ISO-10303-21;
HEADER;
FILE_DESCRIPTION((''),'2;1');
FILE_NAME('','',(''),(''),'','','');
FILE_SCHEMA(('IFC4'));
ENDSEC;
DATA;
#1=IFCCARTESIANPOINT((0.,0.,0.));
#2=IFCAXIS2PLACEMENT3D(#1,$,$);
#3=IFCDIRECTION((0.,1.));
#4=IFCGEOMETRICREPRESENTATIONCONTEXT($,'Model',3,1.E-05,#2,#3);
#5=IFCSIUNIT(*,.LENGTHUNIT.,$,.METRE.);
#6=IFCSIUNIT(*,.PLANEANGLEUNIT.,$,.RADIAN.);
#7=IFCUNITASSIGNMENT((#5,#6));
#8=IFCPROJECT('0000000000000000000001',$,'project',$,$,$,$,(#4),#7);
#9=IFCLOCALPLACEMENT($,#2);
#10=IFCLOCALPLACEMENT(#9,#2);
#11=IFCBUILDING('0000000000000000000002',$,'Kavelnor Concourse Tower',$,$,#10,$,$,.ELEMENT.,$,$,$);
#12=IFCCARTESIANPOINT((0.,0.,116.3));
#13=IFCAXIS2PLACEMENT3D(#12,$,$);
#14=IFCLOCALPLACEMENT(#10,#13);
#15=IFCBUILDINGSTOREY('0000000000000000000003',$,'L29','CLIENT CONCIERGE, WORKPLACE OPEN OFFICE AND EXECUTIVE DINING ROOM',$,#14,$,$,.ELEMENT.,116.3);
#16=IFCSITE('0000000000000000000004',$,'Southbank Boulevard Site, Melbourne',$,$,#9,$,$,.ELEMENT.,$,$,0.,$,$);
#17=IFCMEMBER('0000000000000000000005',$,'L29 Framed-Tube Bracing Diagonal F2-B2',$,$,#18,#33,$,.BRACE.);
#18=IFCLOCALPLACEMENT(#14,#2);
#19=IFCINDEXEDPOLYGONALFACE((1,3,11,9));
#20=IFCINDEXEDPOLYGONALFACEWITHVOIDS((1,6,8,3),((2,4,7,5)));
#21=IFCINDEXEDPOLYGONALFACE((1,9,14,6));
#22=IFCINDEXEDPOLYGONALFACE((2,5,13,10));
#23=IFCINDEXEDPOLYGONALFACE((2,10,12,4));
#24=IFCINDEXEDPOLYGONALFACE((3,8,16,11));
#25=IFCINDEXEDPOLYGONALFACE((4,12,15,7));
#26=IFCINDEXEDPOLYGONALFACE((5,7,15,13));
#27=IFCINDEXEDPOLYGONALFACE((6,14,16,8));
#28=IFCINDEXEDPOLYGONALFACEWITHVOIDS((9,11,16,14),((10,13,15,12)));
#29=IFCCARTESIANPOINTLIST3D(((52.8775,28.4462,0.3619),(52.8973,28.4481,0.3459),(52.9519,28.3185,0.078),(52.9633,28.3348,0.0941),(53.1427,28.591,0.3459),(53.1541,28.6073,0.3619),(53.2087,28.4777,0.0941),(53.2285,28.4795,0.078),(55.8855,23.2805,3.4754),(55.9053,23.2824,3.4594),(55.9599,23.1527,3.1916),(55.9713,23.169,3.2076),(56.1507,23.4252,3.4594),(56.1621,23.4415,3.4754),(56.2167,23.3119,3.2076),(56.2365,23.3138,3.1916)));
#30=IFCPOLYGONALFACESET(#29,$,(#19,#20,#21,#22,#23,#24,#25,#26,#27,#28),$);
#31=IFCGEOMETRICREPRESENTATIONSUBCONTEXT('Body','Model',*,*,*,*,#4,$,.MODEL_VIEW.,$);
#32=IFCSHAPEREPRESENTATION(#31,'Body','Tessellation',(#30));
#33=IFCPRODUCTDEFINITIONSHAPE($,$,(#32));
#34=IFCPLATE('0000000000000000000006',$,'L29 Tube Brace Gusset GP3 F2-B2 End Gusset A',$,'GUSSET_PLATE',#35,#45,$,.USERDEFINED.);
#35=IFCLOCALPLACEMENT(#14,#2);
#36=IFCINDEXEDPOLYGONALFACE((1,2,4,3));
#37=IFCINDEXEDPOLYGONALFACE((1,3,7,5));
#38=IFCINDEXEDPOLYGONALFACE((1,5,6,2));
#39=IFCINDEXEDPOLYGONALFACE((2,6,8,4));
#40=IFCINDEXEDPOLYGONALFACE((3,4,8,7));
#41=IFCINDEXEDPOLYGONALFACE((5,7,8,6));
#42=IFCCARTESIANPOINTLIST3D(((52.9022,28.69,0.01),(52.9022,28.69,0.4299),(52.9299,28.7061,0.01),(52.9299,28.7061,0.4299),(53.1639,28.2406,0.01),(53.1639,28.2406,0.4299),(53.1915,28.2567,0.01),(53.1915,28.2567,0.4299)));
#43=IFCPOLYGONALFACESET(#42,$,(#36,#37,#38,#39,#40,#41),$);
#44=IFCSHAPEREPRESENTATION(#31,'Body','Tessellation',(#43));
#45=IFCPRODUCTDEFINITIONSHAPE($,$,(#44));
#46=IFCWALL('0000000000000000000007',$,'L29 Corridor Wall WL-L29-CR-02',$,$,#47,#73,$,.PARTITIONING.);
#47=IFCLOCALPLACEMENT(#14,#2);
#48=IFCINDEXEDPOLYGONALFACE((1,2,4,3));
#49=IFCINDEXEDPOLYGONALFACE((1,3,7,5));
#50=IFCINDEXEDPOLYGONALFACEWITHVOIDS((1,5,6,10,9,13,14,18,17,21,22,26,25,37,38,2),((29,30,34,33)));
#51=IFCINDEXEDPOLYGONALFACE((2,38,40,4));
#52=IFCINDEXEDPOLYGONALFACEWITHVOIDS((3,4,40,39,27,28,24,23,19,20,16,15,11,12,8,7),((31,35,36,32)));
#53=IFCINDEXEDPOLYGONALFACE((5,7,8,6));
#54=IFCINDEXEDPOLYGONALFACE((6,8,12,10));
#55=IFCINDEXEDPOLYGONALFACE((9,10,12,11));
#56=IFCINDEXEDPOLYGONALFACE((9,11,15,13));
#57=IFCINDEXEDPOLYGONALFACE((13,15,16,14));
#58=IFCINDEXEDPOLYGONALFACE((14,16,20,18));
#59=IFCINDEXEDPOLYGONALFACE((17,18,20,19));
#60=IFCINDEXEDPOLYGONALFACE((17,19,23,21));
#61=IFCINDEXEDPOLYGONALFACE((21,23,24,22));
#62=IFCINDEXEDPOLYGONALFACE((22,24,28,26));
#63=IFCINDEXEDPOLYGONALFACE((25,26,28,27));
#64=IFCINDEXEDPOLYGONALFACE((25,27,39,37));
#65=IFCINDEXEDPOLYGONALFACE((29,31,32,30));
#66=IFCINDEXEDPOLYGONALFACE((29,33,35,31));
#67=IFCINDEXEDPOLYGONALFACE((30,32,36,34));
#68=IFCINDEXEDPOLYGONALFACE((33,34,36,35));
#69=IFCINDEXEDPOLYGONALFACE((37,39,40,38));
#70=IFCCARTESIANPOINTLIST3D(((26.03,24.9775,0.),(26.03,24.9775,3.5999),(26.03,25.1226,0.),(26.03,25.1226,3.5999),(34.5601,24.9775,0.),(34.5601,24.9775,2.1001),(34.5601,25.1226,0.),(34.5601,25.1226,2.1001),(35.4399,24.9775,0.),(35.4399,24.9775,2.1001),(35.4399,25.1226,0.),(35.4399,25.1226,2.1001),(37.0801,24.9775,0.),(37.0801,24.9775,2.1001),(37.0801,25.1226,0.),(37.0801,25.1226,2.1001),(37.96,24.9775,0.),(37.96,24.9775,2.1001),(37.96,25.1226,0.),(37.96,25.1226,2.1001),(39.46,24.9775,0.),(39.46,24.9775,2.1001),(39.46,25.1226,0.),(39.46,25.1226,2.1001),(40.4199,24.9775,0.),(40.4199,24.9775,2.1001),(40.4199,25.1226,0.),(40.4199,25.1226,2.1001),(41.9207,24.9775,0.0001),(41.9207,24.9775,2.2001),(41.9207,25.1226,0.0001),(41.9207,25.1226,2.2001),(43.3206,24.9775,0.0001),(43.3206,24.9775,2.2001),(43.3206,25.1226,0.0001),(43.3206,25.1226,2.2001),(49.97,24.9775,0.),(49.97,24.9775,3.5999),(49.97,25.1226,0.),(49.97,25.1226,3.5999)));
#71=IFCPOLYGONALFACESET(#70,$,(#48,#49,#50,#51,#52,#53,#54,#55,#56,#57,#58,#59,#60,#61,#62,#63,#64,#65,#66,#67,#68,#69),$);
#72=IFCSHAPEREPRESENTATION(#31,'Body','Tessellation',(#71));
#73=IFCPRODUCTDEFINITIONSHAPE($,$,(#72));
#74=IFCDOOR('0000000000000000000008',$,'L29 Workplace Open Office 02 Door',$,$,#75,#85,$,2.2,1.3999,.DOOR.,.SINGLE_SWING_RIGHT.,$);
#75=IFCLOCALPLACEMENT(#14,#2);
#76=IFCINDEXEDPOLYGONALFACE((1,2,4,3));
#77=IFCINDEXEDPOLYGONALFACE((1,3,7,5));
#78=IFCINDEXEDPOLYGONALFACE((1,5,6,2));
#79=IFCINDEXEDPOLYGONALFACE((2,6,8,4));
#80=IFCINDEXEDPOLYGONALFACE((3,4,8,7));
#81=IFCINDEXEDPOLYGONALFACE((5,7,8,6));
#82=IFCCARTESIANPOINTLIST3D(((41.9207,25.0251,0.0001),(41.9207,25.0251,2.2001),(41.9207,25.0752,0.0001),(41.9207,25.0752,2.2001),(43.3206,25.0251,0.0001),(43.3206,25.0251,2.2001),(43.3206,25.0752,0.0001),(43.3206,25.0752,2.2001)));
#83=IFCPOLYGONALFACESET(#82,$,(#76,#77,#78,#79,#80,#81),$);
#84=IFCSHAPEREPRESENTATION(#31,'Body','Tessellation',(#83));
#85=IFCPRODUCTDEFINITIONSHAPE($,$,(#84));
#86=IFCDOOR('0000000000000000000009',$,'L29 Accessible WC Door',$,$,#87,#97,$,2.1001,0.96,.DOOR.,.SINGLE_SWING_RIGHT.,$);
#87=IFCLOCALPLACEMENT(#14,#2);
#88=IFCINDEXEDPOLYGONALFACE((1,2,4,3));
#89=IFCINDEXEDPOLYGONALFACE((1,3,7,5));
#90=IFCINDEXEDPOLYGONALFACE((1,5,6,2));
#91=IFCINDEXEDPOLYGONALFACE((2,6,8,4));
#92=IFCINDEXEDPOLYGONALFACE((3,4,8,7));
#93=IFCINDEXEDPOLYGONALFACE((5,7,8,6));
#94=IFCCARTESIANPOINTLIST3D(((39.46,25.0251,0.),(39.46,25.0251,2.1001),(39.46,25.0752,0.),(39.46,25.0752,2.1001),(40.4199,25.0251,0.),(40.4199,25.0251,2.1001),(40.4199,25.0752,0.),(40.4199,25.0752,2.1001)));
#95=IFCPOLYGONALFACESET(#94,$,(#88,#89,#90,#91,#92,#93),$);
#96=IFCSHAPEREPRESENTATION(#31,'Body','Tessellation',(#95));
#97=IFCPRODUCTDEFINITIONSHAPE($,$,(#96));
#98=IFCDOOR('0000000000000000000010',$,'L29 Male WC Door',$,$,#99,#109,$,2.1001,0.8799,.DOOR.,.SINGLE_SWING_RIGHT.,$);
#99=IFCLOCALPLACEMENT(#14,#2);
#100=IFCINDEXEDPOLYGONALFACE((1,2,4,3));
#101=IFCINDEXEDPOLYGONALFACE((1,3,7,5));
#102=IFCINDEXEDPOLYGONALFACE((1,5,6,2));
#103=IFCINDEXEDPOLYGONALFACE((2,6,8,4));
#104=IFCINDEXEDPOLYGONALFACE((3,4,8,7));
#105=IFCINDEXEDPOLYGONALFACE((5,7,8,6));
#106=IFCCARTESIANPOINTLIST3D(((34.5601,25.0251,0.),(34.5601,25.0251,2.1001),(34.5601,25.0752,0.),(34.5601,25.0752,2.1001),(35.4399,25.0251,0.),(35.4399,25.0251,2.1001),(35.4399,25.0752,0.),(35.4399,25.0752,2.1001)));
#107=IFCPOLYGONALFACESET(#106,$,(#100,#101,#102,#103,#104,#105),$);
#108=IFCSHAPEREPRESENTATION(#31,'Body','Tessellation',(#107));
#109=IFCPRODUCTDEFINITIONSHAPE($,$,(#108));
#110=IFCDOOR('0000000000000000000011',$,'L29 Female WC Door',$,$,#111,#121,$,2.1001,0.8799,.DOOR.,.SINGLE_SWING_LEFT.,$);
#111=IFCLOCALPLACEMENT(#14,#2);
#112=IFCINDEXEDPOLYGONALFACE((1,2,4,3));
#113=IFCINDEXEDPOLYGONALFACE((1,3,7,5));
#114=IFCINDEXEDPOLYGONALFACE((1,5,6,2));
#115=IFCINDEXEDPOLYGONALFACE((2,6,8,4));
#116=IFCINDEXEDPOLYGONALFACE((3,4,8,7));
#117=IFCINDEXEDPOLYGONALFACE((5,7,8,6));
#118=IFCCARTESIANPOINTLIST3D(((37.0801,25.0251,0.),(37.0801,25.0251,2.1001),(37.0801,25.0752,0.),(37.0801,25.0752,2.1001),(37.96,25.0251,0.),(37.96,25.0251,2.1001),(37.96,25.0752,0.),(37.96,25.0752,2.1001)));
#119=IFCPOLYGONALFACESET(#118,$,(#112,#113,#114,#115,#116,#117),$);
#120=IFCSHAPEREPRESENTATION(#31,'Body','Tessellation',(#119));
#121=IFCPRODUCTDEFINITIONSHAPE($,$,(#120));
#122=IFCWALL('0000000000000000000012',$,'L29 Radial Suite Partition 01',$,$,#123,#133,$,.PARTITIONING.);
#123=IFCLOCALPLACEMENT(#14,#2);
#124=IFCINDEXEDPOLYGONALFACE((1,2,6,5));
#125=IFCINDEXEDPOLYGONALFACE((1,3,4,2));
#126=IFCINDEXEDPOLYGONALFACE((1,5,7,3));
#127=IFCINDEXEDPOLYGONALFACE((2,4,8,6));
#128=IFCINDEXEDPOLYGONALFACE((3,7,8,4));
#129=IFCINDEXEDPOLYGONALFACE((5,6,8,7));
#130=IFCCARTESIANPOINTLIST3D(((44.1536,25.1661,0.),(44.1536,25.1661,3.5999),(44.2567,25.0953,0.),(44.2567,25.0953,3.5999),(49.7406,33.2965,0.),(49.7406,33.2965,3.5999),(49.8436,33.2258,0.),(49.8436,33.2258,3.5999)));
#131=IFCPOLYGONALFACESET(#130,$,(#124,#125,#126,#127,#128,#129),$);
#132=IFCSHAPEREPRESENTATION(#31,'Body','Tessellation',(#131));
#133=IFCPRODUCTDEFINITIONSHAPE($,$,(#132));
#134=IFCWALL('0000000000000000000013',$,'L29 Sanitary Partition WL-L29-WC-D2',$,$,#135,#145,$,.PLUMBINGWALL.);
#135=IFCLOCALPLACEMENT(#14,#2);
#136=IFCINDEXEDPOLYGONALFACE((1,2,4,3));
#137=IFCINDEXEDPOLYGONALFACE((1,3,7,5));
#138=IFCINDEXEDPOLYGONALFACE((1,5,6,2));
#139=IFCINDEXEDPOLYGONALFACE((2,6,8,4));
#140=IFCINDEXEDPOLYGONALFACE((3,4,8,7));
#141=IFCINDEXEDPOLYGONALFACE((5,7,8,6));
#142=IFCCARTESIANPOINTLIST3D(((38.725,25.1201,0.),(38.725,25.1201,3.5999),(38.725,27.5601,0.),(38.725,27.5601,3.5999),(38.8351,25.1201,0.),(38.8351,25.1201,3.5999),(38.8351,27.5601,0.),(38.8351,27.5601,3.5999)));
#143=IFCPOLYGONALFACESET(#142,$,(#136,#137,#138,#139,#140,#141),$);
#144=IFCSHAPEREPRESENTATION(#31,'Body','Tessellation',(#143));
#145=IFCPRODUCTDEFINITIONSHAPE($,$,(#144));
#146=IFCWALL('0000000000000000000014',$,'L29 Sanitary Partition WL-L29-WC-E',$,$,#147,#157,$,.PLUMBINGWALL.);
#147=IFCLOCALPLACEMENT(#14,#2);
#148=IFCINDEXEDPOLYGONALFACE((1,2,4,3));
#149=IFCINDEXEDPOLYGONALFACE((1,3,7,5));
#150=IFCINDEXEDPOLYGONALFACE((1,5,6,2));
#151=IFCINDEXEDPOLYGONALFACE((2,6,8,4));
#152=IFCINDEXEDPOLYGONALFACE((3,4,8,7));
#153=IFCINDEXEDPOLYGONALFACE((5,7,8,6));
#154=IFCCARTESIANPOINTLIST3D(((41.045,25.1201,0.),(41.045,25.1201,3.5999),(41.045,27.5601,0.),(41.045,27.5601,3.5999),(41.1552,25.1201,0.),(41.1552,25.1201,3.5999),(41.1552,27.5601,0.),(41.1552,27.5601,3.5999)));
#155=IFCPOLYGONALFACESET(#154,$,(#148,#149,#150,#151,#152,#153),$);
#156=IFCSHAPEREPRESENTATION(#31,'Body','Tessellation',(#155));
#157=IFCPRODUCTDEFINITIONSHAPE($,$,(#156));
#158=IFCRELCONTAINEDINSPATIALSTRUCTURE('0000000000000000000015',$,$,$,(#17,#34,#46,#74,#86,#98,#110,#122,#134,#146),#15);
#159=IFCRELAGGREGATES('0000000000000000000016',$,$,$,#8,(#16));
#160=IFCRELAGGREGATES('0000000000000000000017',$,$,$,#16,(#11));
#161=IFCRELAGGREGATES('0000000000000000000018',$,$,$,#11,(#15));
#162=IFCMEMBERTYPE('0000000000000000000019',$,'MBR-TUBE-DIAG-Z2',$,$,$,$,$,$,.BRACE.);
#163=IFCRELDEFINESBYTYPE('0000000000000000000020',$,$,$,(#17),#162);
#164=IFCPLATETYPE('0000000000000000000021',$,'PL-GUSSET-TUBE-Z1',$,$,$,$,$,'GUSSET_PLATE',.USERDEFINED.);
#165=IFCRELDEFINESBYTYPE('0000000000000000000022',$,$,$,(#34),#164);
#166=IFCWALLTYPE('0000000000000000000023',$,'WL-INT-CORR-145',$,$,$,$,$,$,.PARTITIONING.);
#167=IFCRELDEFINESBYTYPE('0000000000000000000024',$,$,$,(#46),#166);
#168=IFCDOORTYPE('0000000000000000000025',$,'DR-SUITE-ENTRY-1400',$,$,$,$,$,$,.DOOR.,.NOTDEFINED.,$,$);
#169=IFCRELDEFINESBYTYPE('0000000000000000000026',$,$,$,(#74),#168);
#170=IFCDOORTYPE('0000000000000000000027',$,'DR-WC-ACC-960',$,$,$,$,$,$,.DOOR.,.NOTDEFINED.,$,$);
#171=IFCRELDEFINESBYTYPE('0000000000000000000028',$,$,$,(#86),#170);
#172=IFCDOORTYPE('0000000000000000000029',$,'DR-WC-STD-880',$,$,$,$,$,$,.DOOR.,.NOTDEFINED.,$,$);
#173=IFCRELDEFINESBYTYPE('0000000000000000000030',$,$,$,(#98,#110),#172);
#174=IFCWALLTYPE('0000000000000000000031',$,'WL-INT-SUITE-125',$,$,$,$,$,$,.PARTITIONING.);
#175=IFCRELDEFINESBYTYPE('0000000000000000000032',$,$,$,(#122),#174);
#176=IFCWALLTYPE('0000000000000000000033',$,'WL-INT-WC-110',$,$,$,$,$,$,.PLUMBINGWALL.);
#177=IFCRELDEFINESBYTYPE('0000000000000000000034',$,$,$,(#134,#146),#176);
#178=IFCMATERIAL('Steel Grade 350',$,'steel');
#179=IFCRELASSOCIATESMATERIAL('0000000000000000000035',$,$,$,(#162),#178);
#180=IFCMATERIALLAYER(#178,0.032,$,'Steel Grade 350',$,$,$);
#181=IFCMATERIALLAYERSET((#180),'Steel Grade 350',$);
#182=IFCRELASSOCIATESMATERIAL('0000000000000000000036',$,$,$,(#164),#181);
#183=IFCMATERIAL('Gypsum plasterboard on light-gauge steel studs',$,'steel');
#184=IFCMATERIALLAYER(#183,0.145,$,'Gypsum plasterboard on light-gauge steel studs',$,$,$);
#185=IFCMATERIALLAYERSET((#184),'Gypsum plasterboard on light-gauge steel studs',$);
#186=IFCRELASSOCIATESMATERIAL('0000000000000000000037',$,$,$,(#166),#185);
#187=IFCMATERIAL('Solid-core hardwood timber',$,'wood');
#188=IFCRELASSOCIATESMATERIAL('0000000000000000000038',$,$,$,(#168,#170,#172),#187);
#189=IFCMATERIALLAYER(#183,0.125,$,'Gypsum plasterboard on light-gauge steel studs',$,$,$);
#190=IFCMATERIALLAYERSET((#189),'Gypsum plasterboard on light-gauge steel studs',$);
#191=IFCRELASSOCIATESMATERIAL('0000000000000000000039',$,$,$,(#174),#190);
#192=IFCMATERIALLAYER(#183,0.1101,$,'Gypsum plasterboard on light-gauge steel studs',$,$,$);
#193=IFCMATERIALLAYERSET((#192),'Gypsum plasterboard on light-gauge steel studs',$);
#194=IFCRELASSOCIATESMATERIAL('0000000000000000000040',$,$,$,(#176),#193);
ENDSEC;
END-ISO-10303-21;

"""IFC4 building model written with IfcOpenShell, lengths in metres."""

from ifc_helpers import new_model, si_unit, direction, frame, frame_2d, origin, origin_2d, place, context, subcontext, project, spatial, rectangle, hollow_rectangle, extrude, material, layer, layer_set, material_profile, profile_set, type_object, element, fill, save


model = new_model("IFC4")

# Units and contexts
model_context = context("Model", 3, precision=1e-05, world=origin(), true_north=direction((0.0, 1.0)))
body_context = subcontext(model_context, "Body", "Model", "MODEL_VIEW")
ifc_project = project(units=[si_unit("LENGTHUNIT", "METRE"), si_unit("PLANEANGLEUNIT", "RADIAN")], contexts=[model_context])

# Site, building, storey
site_placement = place(None, origin())
site = spatial("IfcSite", under=ifc_project, at=site_placement, Name="Southbank Boulevard Site, Melbourne", CompositionType="ELEMENT", RefElevation=0.0)
building_placement = place(site_placement, origin())
building = spatial("IfcBuilding", under=site, at=building_placement, Name="Kavelnor Concourse Tower", CompositionType="ELEMENT")
storey_placement = place(building_placement, frame((0.0, 0.0, 116.3)))
storey = spatial("IfcBuildingStorey", under=building, at=storey_placement, Name="L29", Description="CLIENT CONCIERGE, WORKPLACE OPEN OFFICE AND EXECUTIVE DINING ROOM", CompositionType="ELEMENT", Elevation=116.3)

# Shared definitions
ifc_material_1 = material(Name="Steel Grade 350", Category="steel")

# Member
ifc_material_profile_1 = material_profile(ifc_material_1, hollow_rectangle(XDim=0.3201, YDim=0.3201, WallThickness=0.0181, at=origin_2d()), Name="SHS 320x320x18")
ifc_profile_set_1 = profile_set([ifc_material_profile_1], Name="Steel Grade 350")
member_type = type_object("IfcMemberType", Name="MBR-TUBE-DIAG-Z2", PredefinedType="BRACE", material=ifc_profile_set_1)
member_placement = place(storey_placement, frame((53.053, 28.4629, 0.22), z_axis=(0.446299, -0.766435, 0.461947), x_axis=(0.864165, 0.503208, 0.0)))
element("IfcMember", 1, at=member_placement, inside=storey, type_object=member_type, Name="L29 Framed-Tube Bracing Diagonal F2-B2", PredefinedType="BRACE", context=body_context, shape_type="SweptSolid", body=[
    extrude(hollow_rectangle(XDim=0.3201, YDim=0.3201, WallThickness=0.0181, at=origin_2d()), origin(), (0.0, 0.0, 1.0), 6.74),
])

# Plate
ifc_layer_1 = layer(ifc_material_1, 0.032, Name="Steel Grade 350")
ifc_layer_set_1 = layer_set([ifc_layer_1], Name="Steel Grade 350")
plate_type = type_object("IfcPlateType", Name="PL-GUSSET-TUBE-Z1", ElementType="GUSSET_PLATE", PredefinedType="USERDEFINED", material=ifc_layer_set_1)
plate_placement = place(storey_placement, frame((53.0469, 28.4734, 0.01), z_axis=(0.0, 0.0, 1.0), x_axis=(0.503171, -0.864187, 0.0)))
element("IfcPlate", 2, at=plate_placement, inside=storey, type_object=plate_type, Name="L29 Tube Brace Gusset GP3 F2-B2 End Gusset A", ObjectType="GUSSET_PLATE", PredefinedType="USERDEFINED", context=body_context, shape_type="SweptSolid", body=[
    extrude(rectangle(XDim=0.52, YDim=0.032, at=origin_2d()), origin(), (0.0, 0.0, 1.0), 0.4199),
])

# Wall, openings, doors
ifc_material_2 = material(Name="Gypsum plasterboard on light-gauge steel studs", Category="steel")
ifc_layer_2 = layer(ifc_material_2, 0.145, Name="Gypsum plasterboard on light-gauge steel studs")
ifc_layer_set_2 = layer_set([ifc_layer_2], Name="Gypsum plasterboard on light-gauge steel studs")
wall_type_1 = type_object("IfcWallType", Name="WL-INT-CORR-145", PredefinedType="PARTITIONING", material=ifc_layer_set_2)
wall_1_placement = place(storey_placement, frame((49.97, 25.05, 0.0), z_axis=(0.0, 0.0, 1.0), x_axis=(-1.0, 0.0, 0.0)))
wall_1 = element("IfcWall", 3, at=wall_1_placement, inside=storey, type_object=wall_type_1, Name="L29 Corridor Wall WL-L29-CR-02", PredefinedType="PARTITIONING", context=body_context, shape_type="SweptSolid", body=[
    extrude(rectangle(XDim=23.9399, YDim=0.145, at=frame_2d((11.97, 0.0))), origin(), (0.0, 0.0, 1.0), 3.5999),
])
opening_1_placement = place(wall_1_placement, frame((14.53, 0.0, 0.0)))
opening_1 = element("IfcOpeningElement", 4, at=opening_1_placement, cuts=wall_1, PredefinedType="OPENING", context=body_context, shape_type="SweptSolid", body=[
    extrude(rectangle(XDim=0.8799, YDim=2.1001, at=frame_2d((0.4399, 1.05))), frame((0.0, 0.0825, 0.0), z_axis=(0.0, -1.0, 0.0), x_axis=(1.0, 0.0, 0.0)), (0.0, 0.0, 1.0), 0.165),
])
opening_2_placement = place(wall_1_placement, frame((12.01, 0.0, 0.0)))
opening_2 = element("IfcOpeningElement", 5, at=opening_2_placement, cuts=wall_1, PredefinedType="OPENING", context=body_context, shape_type="SweptSolid", body=[
    extrude(rectangle(XDim=0.8799, YDim=2.1001, at=frame_2d((0.4399, 1.05))), frame((0.0, 0.0825, 0.0), z_axis=(0.0, -1.0, 0.0), x_axis=(1.0, 0.0, 0.0)), (0.0, 0.0, 1.0), 0.165),
])
opening_3_placement = place(wall_1_placement, frame((9.55, 0.0, 0.0)))
opening_3 = element("IfcOpeningElement", 6, at=opening_3_placement, cuts=wall_1, PredefinedType="OPENING", context=body_context, shape_type="SweptSolid", body=[
    extrude(rectangle(XDim=0.96, YDim=2.1001, at=frame_2d((0.48, 1.05))), frame((0.0, 0.0825, 0.0), z_axis=(0.0, -1.0, 0.0), x_axis=(1.0, 0.0, 0.0)), (0.0, 0.0, 1.0), 0.165),
])
opening_4_placement = place(wall_1_placement, frame((6.6494, 0.0, 0.0)))
opening_4 = element("IfcOpeningElement", 7, at=opening_4_placement, cuts=wall_1, PredefinedType="OPENING", context=body_context, shape_type="SweptSolid", body=[
    extrude(rectangle(XDim=1.3999, YDim=2.2, at=frame_2d((0.7, 1.1001))), frame((0.0, 0.0825, 0.0), z_axis=(0.0, -1.0, 0.0), x_axis=(1.0, 0.0, 0.0)), (0.0, 0.0, 1.0), 0.165),
])
ifc_material_3 = material(Name="Solid-core hardwood timber", Category="wood")
door_type_1 = type_object("IfcDoorType", Name="DR-SUITE-ENTRY-1400", OperationType="NOTDEFINED", PredefinedType="DOOR", material=ifc_material_3)
door_1_placement = place(opening_4_placement, origin())
door_1 = element("IfcDoor", 8, at=door_1_placement, inside=storey, type_object=door_type_1, Name="L29 Workplace Open Office 02 Door", OperationType="SINGLE_SWING_RIGHT", OverallHeight=2.2, OverallWidth=1.3999, PredefinedType="DOOR", context=body_context, shape_type="SweptSolid", body=[
    extrude(rectangle(XDim=1.3999, YDim=2.2, at=frame_2d((0.7, 1.1001))), frame((0.0, 0.0249, 0.0), z_axis=(0.0, -1.0, 0.0), x_axis=(1.0, 0.0, 0.0)), (0.0, 0.0, 1.0), 0.05),
])
fill(opening_4, door_1)
door_type_2 = type_object("IfcDoorType", Name="DR-WC-ACC-960", OperationType="NOTDEFINED", PredefinedType="DOOR", material=ifc_material_3)
door_2_placement = place(opening_3_placement, origin())
door_2 = element("IfcDoor", 9, at=door_2_placement, inside=storey, type_object=door_type_2, Name="L29 Accessible WC Door", OperationType="SINGLE_SWING_RIGHT", OverallHeight=2.1001, OverallWidth=0.96, PredefinedType="DOOR", context=body_context, shape_type="SweptSolid", body=[
    extrude(rectangle(XDim=0.96, YDim=2.1001, at=frame_2d((0.48, 1.05))), frame((0.0, 0.0249, 0.0), z_axis=(0.0, -1.0, 0.0), x_axis=(1.0, 0.0, 0.0)), (0.0, 0.0, 1.0), 0.05),
])
fill(opening_3, door_2)
door_type_3 = type_object("IfcDoorType", Name="DR-WC-STD-880", OperationType="NOTDEFINED", PredefinedType="DOOR", material=ifc_material_3)
door_3_placement = place(opening_1_placement, origin())
door_3 = element("IfcDoor", 10, at=door_3_placement, inside=storey, type_object=door_type_3, Name="L29 Male WC Door", OperationType="SINGLE_SWING_RIGHT", OverallHeight=2.1001, OverallWidth=0.8799, PredefinedType="DOOR", context=body_context, shape_type="SweptSolid", body=[
    extrude(rectangle(XDim=0.8799, YDim=2.1001, at=frame_2d((0.4399, 1.05))), frame((0.0, 0.0249, 0.0), z_axis=(0.0, -1.0, 0.0), x_axis=(1.0, 0.0, 0.0)), (0.0, 0.0, 1.0), 0.05),
])
fill(opening_1, door_3)
door_4_placement = place(opening_2_placement, origin())
door_4 = element("IfcDoor", 11, at=door_4_placement, inside=storey, type_object=door_type_3, Name="L29 Female WC Door", OperationType="SINGLE_SWING_LEFT", OverallHeight=2.1001, OverallWidth=0.8799, PredefinedType="DOOR", context=body_context, shape_type="SweptSolid", body=[
    extrude(rectangle(XDim=0.8799, YDim=2.1001, at=frame_2d((0.4399, 1.05))), frame((0.0, 0.0249, 0.0), z_axis=(0.0, -1.0, 0.0), x_axis=(1.0, 0.0, 0.0)), (0.0, 0.0, 1.0), 0.05),
])
fill(opening_2, door_4)

# Walls
ifc_layer_3 = layer(ifc_material_2, 0.125, Name="Gypsum plasterboard on light-gauge steel studs")
ifc_layer_set_3 = layer_set([ifc_layer_3], Name="Gypsum plasterboard on light-gauge steel studs")
wall_type_2 = type_object("IfcWallType", Name="WL-INT-SUITE-125", PredefinedType="PARTITIONING", material=ifc_layer_set_3)
wall_2_placement = place(storey_placement, frame((44.2051, 25.1306, 0.0), z_axis=(0.0, 0.0, 1.0), x_axis=(0.566342, 0.82417, 0.0)))
element("IfcWall", 12, at=wall_2_placement, inside=storey, type_object=wall_type_2, Name="L29 Radial Suite Partition 01", PredefinedType="PARTITIONING", context=body_context, shape_type="SweptSolid", body=[
    extrude(rectangle(XDim=9.865, YDim=0.125, at=frame_2d((4.9326, 0.0))), origin(), (0.0, 0.0, 1.0), 3.5999),
])
ifc_layer_4 = layer(ifc_material_2, 0.1101, Name="Gypsum plasterboard on light-gauge steel studs")
ifc_layer_set_4 = layer_set([ifc_layer_4], Name="Gypsum plasterboard on light-gauge steel studs")
wall_type_3 = type_object("IfcWallType", Name="WL-INT-WC-110", PredefinedType="PLUMBINGWALL", material=ifc_layer_set_4)
for number, where, z_axis, x_axis, name in (
    (13, (38.78, 25.1201, 0.0), (0.0, 0.0, 1.0), (0.0, 1.0, 0.0), "L29 Sanitary Partition WL-L29-WC-D2"),
    (14, (41.1001, 25.1201, 0.0), (0.0, 0.0, 1.0), (0.0, 1.0, 0.0), "L29 Sanitary Partition WL-L29-WC-E"),
):
    element("IfcWall", number, at=place(storey_placement, frame(where, z_axis=z_axis, x_axis=x_axis)), inside=storey, type_object=wall_type_3, Name=name, PredefinedType="PLUMBINGWALL", context=body_context, shape_type="SweptSolid", body=[
        extrude(rectangle(XDim=2.4399, YDim=0.1101, at=frame_2d((1.22, 0.0))), origin(), (0.0, 0.0, 1.0), 3.5999),
    ])

save(model, "model.ifc")
